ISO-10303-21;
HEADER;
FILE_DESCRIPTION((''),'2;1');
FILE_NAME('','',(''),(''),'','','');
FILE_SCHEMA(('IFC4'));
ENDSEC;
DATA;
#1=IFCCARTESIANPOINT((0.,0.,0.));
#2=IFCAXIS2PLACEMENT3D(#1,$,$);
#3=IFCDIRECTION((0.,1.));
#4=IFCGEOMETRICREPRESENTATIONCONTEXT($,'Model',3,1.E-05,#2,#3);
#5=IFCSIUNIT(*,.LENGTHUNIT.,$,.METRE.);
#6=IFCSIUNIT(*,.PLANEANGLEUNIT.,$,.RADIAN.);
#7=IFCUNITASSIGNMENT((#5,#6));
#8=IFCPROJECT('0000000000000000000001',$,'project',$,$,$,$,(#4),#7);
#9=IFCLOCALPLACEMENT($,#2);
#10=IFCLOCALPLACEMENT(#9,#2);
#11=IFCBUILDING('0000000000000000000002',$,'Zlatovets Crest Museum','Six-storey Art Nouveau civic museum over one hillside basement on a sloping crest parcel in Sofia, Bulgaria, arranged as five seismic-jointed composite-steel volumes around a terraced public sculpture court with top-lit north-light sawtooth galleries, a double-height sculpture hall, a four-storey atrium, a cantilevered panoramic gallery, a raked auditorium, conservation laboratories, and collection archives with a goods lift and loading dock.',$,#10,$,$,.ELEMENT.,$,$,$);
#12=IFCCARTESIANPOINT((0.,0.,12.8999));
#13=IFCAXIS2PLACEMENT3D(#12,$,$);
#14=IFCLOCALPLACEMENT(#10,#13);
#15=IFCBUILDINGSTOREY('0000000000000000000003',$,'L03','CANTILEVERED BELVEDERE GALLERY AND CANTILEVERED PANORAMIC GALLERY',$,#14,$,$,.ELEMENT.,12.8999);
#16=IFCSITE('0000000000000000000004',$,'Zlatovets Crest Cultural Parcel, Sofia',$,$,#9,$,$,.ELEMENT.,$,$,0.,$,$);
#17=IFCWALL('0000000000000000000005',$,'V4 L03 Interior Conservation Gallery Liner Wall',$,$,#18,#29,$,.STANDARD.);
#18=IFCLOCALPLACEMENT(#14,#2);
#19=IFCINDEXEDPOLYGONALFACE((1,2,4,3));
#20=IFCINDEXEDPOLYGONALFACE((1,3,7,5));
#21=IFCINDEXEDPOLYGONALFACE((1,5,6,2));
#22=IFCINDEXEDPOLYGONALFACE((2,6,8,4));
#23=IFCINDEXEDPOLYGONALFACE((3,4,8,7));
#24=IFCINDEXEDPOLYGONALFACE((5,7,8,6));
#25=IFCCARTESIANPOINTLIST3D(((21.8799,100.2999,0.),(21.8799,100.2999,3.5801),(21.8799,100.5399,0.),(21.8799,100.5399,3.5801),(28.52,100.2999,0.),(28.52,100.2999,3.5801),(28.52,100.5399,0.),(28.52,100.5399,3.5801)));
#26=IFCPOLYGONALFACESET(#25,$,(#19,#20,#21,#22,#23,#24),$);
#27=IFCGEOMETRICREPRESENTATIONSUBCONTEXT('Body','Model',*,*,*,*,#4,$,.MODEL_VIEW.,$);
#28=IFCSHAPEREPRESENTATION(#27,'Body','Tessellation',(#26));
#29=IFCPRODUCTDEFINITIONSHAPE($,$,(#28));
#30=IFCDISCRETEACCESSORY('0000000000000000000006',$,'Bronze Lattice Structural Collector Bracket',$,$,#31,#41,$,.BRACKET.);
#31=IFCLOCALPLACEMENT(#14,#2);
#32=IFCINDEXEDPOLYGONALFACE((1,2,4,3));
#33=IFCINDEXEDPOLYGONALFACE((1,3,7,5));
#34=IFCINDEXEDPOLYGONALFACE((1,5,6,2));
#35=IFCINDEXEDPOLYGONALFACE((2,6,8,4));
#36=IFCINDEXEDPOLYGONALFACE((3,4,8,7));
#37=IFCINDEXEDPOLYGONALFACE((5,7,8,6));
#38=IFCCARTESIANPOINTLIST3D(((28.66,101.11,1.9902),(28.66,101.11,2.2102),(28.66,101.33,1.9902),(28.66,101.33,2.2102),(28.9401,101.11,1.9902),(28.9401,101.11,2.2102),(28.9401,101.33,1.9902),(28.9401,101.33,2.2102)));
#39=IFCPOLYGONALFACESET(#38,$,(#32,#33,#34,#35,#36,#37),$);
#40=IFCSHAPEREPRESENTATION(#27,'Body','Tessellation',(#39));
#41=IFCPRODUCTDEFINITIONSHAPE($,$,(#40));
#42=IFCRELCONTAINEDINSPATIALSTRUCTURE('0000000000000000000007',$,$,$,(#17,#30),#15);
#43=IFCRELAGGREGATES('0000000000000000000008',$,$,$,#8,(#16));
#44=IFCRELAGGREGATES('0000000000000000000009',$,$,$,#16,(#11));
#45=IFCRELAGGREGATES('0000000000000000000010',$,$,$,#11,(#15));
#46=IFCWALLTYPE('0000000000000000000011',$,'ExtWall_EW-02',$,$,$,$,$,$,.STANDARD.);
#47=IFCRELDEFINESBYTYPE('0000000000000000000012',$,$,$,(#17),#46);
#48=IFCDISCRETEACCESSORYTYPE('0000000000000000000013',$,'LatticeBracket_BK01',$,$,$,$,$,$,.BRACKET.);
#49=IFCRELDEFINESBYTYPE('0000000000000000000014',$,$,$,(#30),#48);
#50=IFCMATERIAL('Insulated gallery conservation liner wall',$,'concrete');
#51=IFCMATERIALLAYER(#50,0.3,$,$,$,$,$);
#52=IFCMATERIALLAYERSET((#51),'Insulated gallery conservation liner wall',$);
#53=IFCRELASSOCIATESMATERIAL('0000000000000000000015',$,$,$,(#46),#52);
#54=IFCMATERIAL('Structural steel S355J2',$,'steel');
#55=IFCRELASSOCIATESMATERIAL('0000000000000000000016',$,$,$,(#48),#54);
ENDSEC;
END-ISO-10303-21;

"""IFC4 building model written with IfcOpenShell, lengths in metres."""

from ifc_helpers import new_model, si_unit, direction, frame, frame_2d, origin, origin_2d, place, context, subcontext, project, spatial, rectangle, extrude, material, layer, layer_set, type_object, element, save


model = new_model("IFC4")

# Units and contexts
model_context = context("Model", 3, precision=1e-05, world=origin(), true_north=direction((0.0, 1.0)))
body_context = subcontext(model_context, "Body", "Model", "MODEL_VIEW")
ifc_project = project(units=[si_unit("LENGTHUNIT", "METRE"), si_unit("PLANEANGLEUNIT", "RADIAN")], contexts=[model_context])

# Site, building, storey
site_placement = place(None, origin())
site = spatial("IfcSite", under=ifc_project, at=site_placement, Name="Zlatovets Crest Cultural Parcel, Sofia", CompositionType="ELEMENT", RefElevation=0.0)
building_placement = place(site_placement, origin())
building = spatial("IfcBuilding", under=site, at=building_placement, Name="Zlatovets Crest Museum", Description="Six-storey Art Nouveau civic museum over one hillside basement on a sloping crest parcel in Sofia, Bulgaria, arranged as five seismic-jointed composite-steel volumes around a terraced public sculpture court with top-lit north-light sawtooth galleries, a double-height sculpture hall, a four-storey atrium, a cantilevered panoramic gallery, a raked auditorium, conservation laboratories, and collection archives with a goods lift and loading dock.", CompositionType="ELEMENT")
storey_placement = place(building_placement, frame((0.0, 0.0, 12.8999)))
storey = spatial("IfcBuildingStorey", under=building, at=storey_placement, Name="L03", Description="CANTILEVERED BELVEDERE GALLERY AND CANTILEVERED PANORAMIC GALLERY", CompositionType="ELEMENT", Elevation=12.8999)

# Shared definitions
ifc_material_1 = material(Name="Structural steel S355J2", Category="steel")

# Wall
ifc_material_2 = material(Name="Insulated gallery conservation liner wall", Category="concrete")
ifc_layer_1 = layer(ifc_material_2, 0.3)
ifc_layer_set_1 = layer_set([ifc_layer_1], Name="Insulated gallery conservation liner wall")
wall_type = type_object("IfcWallType", Name="ExtWall_EW-02", PredefinedType="STANDARD", material=ifc_layer_set_1)
wall_placement = place(storey_placement, frame((28.52, 100.4199, 0.0), z_axis=(0.0, 0.0, 1.0), x_axis=(-1.0, 0.0, 0.0)))
element("IfcWall", 1, at=wall_placement, inside=storey, type_object=wall_type, Name="V4 L03 Interior Conservation Gallery Liner Wall", PredefinedType="STANDARD", context=body_context, shape_type="SweptSolid", body=[
    extrude(rectangle(XDim=6.6401, YDim=0.24, at=frame_2d((3.3201, 0.0))), origin(), (0.0, 0.0, 1.0), 3.5801),
])

# Discrete accessory
discrete_accessory_type = type_object("IfcDiscreteAccessoryType", Name="LatticeBracket_BK01", PredefinedType="BRACKET", material=ifc_material_1)
discrete_accessory_placement = place(storey_placement, frame((28.8, 101.22, 1.9902), z_axis=(0.0, 0.0, 1.0), x_axis=(1.0, 0.0, 0.0)))
element("IfcDiscreteAccessory", 2, at=discrete_accessory_placement, inside=storey, type_object=discrete_accessory_type, Name="Bronze Lattice Structural Collector Bracket", PredefinedType="BRACKET", context=body_context, shape_type="SweptSolid", body=[
    extrude(rectangle(XDim=0.28, YDim=0.22, at=origin_2d()), origin(), (0.0, 0.0, 1.0), 0.22),
])

save(model, "model.ifc")
